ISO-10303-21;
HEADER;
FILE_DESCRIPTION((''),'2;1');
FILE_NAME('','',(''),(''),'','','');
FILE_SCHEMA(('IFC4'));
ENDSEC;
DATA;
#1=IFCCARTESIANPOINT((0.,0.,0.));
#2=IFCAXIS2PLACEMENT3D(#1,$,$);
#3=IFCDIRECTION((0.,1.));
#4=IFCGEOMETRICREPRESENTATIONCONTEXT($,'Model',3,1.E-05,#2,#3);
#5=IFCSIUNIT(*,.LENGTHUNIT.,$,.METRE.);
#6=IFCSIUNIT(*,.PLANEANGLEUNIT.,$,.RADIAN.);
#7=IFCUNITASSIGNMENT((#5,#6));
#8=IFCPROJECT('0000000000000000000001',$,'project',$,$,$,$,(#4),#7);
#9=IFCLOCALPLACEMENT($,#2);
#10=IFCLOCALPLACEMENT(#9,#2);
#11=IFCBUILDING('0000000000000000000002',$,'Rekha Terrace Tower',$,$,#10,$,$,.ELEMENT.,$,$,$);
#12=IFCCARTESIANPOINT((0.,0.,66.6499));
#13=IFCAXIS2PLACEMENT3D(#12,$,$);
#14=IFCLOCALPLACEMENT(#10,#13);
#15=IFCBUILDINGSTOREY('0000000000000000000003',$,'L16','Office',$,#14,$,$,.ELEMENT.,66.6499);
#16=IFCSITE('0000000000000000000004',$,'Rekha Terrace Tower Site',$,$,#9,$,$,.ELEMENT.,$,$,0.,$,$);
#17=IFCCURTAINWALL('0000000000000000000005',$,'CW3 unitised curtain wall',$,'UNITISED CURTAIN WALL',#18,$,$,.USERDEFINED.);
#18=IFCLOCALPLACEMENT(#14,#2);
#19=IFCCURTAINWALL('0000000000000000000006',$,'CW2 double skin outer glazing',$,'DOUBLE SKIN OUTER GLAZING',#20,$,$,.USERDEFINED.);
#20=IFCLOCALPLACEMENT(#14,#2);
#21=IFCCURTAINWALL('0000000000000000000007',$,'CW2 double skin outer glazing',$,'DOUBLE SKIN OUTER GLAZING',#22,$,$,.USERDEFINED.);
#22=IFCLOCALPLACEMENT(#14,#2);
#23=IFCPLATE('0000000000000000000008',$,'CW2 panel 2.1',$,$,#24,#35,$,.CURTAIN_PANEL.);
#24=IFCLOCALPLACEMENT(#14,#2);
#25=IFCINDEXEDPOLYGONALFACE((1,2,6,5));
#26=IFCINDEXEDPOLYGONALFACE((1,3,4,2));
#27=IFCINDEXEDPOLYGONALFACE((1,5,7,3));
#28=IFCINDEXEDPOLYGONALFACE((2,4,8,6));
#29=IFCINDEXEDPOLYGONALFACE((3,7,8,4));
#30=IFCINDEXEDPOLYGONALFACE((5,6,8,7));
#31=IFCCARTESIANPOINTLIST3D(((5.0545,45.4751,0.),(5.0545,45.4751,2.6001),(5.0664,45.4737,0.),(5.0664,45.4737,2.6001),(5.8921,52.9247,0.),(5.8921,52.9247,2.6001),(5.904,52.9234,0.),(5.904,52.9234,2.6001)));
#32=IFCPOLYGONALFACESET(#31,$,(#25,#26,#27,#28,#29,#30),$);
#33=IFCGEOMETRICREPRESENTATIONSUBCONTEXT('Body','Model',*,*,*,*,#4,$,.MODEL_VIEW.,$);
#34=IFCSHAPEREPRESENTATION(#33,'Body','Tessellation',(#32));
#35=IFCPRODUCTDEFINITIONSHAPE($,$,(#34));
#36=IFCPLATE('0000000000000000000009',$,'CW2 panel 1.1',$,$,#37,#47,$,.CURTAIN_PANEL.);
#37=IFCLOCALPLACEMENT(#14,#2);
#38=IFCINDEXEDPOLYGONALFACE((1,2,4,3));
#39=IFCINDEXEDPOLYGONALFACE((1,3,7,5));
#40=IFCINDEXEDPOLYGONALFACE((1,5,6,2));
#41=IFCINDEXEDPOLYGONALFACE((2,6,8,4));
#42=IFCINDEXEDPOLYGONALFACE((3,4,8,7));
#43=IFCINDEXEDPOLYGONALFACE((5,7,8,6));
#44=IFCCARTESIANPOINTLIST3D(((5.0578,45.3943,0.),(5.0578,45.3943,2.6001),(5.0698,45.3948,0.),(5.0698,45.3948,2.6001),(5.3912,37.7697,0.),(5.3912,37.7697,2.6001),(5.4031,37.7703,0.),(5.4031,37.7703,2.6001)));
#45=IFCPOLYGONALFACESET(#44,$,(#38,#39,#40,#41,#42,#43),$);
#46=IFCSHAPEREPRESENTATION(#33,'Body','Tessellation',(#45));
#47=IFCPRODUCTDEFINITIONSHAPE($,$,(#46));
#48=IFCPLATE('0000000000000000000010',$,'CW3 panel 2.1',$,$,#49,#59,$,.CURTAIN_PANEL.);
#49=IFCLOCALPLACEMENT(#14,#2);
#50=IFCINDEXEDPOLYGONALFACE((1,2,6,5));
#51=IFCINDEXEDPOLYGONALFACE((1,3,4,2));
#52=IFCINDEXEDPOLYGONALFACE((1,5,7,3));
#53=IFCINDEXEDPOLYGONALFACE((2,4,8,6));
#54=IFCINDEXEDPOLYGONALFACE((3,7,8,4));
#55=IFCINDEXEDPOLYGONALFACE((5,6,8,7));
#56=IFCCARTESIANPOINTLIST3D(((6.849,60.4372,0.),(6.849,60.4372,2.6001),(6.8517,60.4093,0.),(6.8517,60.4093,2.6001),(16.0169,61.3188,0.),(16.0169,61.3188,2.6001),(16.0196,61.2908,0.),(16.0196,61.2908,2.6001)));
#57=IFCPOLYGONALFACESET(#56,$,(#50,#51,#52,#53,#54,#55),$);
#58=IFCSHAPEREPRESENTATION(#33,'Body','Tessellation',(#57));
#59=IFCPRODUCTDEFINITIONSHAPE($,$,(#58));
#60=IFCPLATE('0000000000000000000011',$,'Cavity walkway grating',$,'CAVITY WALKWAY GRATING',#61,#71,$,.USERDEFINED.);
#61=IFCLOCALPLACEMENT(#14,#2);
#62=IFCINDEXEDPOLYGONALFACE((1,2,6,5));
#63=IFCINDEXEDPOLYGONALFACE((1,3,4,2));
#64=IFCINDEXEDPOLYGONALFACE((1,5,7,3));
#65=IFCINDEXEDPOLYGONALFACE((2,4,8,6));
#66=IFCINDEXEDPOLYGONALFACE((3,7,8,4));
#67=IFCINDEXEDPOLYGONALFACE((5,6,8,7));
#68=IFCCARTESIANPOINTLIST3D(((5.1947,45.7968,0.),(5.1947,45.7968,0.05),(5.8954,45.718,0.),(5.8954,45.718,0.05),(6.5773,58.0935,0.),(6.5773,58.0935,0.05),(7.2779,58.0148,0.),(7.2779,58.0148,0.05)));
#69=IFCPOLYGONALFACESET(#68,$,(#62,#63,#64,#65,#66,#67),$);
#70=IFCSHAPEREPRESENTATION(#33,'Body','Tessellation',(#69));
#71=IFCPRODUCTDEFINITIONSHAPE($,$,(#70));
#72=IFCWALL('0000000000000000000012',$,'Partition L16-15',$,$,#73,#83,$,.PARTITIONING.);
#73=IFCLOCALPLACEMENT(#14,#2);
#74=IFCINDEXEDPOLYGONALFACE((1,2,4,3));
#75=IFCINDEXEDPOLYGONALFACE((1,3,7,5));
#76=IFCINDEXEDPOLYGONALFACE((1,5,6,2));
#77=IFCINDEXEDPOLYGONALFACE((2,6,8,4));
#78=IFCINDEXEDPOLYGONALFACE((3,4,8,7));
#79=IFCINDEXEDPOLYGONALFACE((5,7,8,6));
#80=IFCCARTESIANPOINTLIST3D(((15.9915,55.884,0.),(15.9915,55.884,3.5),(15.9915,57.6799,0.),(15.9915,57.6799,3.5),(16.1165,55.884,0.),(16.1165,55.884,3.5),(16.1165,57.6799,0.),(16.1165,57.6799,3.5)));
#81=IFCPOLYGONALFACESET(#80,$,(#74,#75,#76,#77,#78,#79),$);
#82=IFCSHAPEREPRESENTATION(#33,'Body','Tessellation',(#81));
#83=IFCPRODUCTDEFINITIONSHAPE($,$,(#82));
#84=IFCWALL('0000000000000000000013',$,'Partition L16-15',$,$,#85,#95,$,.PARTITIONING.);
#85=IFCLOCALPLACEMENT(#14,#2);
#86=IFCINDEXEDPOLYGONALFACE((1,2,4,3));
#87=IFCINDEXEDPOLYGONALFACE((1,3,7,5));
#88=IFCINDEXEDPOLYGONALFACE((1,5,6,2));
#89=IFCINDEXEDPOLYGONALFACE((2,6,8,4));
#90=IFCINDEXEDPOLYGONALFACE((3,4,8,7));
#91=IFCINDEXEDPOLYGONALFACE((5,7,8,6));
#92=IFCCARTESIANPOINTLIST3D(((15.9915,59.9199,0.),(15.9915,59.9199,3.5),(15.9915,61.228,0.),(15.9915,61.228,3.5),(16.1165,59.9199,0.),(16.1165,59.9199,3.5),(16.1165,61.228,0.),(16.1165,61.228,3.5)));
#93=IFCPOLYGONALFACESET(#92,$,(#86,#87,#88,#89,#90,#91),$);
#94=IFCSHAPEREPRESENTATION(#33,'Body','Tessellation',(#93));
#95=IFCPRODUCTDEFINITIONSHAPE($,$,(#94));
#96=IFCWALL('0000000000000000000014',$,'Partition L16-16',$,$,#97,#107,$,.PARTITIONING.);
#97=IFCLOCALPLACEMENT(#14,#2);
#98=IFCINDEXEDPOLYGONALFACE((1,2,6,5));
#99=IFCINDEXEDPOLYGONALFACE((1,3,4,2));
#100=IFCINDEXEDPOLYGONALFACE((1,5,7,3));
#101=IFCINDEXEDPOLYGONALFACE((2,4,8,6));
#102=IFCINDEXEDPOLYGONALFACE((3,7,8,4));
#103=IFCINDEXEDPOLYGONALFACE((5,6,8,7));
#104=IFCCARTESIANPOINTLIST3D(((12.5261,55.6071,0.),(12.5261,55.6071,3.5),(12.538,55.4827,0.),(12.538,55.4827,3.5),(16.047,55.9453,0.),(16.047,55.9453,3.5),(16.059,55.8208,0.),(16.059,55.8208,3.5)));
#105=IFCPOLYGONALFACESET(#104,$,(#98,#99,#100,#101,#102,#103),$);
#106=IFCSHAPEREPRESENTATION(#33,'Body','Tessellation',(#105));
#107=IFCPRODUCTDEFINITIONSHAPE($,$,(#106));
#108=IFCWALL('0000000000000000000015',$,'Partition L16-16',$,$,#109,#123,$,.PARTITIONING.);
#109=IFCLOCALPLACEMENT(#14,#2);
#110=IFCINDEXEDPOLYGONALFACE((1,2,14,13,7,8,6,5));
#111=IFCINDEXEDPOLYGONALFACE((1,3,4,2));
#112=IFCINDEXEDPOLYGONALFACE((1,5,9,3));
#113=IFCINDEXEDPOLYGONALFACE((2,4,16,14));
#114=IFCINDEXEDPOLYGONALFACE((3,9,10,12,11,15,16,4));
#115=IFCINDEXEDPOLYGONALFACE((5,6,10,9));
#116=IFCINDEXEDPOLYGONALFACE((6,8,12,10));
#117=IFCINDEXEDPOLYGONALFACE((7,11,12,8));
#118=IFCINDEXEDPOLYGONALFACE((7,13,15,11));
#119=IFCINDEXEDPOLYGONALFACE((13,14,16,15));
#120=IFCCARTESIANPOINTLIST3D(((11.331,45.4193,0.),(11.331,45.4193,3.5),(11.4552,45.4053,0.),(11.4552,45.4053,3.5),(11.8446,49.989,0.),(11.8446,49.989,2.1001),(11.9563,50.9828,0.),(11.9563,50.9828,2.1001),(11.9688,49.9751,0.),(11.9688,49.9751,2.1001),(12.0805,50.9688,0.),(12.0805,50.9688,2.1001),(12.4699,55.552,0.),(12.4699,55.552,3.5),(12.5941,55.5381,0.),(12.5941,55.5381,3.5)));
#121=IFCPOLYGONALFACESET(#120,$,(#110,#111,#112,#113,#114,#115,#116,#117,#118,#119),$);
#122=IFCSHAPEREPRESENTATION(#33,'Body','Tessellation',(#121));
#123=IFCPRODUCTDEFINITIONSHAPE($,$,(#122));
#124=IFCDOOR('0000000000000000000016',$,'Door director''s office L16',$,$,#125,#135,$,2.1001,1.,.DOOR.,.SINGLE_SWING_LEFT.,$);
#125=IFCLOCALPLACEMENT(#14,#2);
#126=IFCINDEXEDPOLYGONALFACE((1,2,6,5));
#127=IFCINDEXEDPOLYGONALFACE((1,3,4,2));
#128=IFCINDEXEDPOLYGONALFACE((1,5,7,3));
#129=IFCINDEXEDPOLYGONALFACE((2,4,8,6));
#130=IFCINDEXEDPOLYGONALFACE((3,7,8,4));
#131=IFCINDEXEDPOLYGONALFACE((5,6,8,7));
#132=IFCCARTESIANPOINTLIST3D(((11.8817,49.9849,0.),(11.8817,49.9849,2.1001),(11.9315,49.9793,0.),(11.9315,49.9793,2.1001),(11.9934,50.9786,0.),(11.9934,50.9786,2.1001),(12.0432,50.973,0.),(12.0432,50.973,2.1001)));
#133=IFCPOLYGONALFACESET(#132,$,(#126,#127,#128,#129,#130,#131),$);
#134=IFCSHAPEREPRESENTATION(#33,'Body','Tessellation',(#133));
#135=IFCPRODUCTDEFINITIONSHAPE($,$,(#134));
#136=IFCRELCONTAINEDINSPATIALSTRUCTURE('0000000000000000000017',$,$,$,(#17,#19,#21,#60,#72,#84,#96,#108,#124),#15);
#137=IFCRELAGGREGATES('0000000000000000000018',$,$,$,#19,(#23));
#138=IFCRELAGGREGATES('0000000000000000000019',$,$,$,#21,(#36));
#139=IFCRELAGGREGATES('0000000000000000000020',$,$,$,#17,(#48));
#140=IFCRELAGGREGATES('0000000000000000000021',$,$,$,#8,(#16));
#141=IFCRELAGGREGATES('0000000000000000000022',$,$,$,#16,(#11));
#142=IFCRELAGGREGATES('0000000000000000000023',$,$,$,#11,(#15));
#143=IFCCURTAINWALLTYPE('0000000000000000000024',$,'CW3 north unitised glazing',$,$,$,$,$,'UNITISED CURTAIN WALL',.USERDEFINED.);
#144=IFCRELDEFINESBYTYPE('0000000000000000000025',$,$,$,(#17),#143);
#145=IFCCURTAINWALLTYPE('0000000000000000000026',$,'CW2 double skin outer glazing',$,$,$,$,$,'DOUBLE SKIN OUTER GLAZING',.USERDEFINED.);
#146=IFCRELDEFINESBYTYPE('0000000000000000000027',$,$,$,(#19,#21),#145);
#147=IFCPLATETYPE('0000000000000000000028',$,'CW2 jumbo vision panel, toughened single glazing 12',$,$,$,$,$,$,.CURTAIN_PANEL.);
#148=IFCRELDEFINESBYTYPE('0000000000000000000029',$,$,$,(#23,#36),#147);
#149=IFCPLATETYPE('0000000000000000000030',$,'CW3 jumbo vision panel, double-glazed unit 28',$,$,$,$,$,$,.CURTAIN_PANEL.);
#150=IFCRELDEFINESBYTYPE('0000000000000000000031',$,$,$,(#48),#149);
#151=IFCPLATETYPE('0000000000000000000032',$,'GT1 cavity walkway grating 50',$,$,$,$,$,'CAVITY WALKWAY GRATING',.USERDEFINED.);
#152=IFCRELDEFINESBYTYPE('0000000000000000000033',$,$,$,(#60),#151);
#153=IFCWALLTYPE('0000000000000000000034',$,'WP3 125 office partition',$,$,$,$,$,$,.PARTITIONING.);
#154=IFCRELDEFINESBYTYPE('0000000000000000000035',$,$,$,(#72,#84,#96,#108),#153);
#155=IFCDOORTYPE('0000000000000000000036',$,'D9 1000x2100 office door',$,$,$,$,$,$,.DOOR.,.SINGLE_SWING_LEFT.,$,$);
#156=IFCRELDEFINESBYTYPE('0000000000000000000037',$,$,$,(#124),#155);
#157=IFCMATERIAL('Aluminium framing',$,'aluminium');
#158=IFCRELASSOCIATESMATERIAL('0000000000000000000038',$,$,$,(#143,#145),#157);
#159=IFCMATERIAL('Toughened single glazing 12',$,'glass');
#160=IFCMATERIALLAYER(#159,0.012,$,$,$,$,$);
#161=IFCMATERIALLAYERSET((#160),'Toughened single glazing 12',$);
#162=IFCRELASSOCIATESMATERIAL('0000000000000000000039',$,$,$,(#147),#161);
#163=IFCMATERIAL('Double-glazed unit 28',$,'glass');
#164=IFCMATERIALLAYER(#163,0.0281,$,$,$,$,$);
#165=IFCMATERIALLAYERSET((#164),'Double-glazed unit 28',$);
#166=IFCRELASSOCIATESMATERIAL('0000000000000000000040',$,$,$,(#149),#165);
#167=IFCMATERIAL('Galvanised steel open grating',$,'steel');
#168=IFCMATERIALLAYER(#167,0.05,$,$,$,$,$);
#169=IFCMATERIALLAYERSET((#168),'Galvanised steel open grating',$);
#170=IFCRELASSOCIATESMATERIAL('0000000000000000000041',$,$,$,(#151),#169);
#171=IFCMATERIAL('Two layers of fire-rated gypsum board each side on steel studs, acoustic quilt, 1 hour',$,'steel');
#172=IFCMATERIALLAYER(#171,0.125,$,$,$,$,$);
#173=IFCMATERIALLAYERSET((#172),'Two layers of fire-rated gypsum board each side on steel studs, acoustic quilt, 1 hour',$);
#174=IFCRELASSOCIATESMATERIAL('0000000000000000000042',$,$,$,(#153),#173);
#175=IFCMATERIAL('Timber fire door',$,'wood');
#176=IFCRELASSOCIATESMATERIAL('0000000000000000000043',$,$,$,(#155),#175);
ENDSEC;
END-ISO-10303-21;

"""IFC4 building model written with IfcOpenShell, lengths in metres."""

from ifc_helpers import new_model, si_unit, direction, frame, frame_2d, origin, origin_2d, place, context, subcontext, project, spatial, rectangle, extrude, material, layer, layer_set, type_object, element, fill, aggregate, save


model = new_model("IFC4")

# Units and contexts
model_context = context("Model", 3, precision=1e-05, world=origin(), true_north=direction((0.0, 1.0)))
body_context = subcontext(model_context, "Body", "Model", "MODEL_VIEW")
ifc_project = project(units=[si_unit("LENGTHUNIT", "METRE"), si_unit("PLANEANGLEUNIT", "RADIAN")], contexts=[model_context])

# Site, building, storey
site_placement = place(None, origin())
site = spatial("IfcSite", under=ifc_project, at=site_placement, Name="Rekha Terrace Tower Site", CompositionType="ELEMENT", RefElevation=0.0)
building_placement = place(site_placement, origin())
building = spatial("IfcBuilding", under=site, at=building_placement, Name="Rekha Terrace Tower", CompositionType="ELEMENT")
storey_placement = place(building_placement, frame((0.0, 0.0, 66.6499)))
storey = spatial("IfcBuildingStorey", under=building, at=storey_placement, Name="L16", Description="Office", CompositionType="ELEMENT", Elevation=66.6499)

# Curtain walls
ifc_material_1 = material(Name="Aluminium framing", Category="aluminium")
curtain_wall_type_1 = type_object("IfcCurtainWallType", Name="CW3 north unitised glazing", ElementType="UNITISED CURTAIN WALL", PredefinedType="USERDEFINED", material=ifc_material_1)
curtain_wall_1_placement = place(storey_placement, origin())
curtain_wall_1 = element("IfcCurtainWall", 1, at=curtain_wall_1_placement, inside=storey, type_object=curtain_wall_type_1, Name="CW3 unitised curtain wall", ObjectType="UNITISED CURTAIN WALL", PredefinedType="USERDEFINED")
curtain_wall_type_2 = type_object("IfcCurtainWallType", Name="CW2 double skin outer glazing", ElementType="DOUBLE SKIN OUTER GLAZING", PredefinedType="USERDEFINED", material=ifc_material_1)
curtain_wall_2_placement = place(storey_placement, origin())
curtain_wall_2 = element("IfcCurtainWall", 2, at=curtain_wall_2_placement, inside=storey, type_object=curtain_wall_type_2, Name="CW2 double skin outer glazing", ObjectType="DOUBLE SKIN OUTER GLAZING", PredefinedType="USERDEFINED")

# Curtain wall
curtain_wall_3_placement = place(storey_placement, origin())
curtain_wall_3 = element("IfcCurtainWall", 3, at=curtain_wall_3_placement, inside=storey, type_object=curtain_wall_type_2, Name="CW2 double skin outer glazing", ObjectType="DOUBLE SKIN OUTER GLAZING", PredefinedType="USERDEFINED")

# Plates
ifc_material_2 = material(Name="Toughened single glazing 12", Category="glass")
ifc_layer_1 = layer(ifc_material_2, 0.012)
ifc_layer_set_1 = layer_set([ifc_layer_1], Name="Toughened single glazing 12")
plate_type_1 = type_object("IfcPlateType", Name="CW2 jumbo vision panel, toughened single glazing 12", PredefinedType="CURTAIN_PANEL", material=ifc_layer_set_1)
plate_1_placement = place(storey_placement, frame((5.4792, 49.1992, 0.0), z_axis=(0.0, 0.0, 1.0), x_axis=(-0.11173, -0.993739, 0.0)))
plate_1 = element("IfcPlate", 4, at=plate_1_placement, type_object=plate_type_1, Name="CW2 panel 2.1", PredefinedType="CURTAIN_PANEL", context=body_context, shape_type="SweptSolid", body=[
    extrude(rectangle(XDim=7.4966, YDim=0.012, at=origin_2d()), origin(), (0.0, 0.0, 1.0), 2.6001),
])
aggregate(curtain_wall_2, [plate_1])
plate_2_placement = place(storey_placement, frame((5.2305, 41.5823, 0.0), z_axis=(0.0, 0.0, 1.0), x_axis=(0.043683, -0.999045, 0.0)))
plate_2 = element("IfcPlate", 5, at=plate_2_placement, type_object=plate_type_1, Name="CW2 panel 1.1", PredefinedType="CURTAIN_PANEL", context=body_context, shape_type="SweptSolid", body=[
    extrude(rectangle(XDim=7.6318, YDim=0.012, at=origin_2d()), origin(), (0.0, 0.0, 1.0), 2.6001),
])
aggregate(curtain_wall_3, [plate_2])
ifc_material_3 = material(Name="Double-glazed unit 28", Category="glass")
ifc_layer_2 = layer(ifc_material_3, 0.0281)
ifc_layer_set_2 = layer_set([ifc_layer_2], Name="Double-glazed unit 28")
plate_type_2 = type_object("IfcPlateType", Name="CW3 jumbo vision panel, double-glazed unit 28", PredefinedType="CURTAIN_PANEL", material=ifc_layer_set_2)
plate_3_placement = place(storey_placement, frame((11.4343, 60.864, 0.0), z_axis=(0.0, 0.0, 1.0), x_axis=(-0.995409, -0.095712, 0.0)))
plate_3 = element("IfcPlate", 6, at=plate_3_placement, type_object=plate_type_2, Name="CW3 panel 2.1", PredefinedType="CURTAIN_PANEL", context=body_context, shape_type="SweptSolid", body=[
    extrude(rectangle(XDim=9.2102, YDim=0.0281, at=origin_2d()), origin(), (0.0, 0.0, 1.0), 2.6001),
])
aggregate(curtain_wall_1, [plate_3])
ifc_material_4 = material(Name="Galvanised steel open grating", Category="steel")
ifc_layer_3 = layer(ifc_material_4, 0.05)
ifc_layer_set_3 = layer_set([ifc_layer_3], Name="Galvanised steel open grating")
plate_type_3 = type_object("IfcPlateType", Name="GT1 cavity walkway grating 50", ElementType="CAVITY WALKWAY GRATING", PredefinedType="USERDEFINED", material=ifc_layer_set_3)
plate_4_placement = place(storey_placement, frame((6.2363, 51.9058, 0.0), z_axis=(0.0, 0.0, 1.0), x_axis=(-0.11173, -0.993739, 0.0)))
element("IfcPlate", 7, at=plate_4_placement, inside=storey, type_object=plate_type_3, Name="Cavity walkway grating", ObjectType="CAVITY WALKWAY GRATING", PredefinedType="USERDEFINED", context=body_context, shape_type="SweptSolid", body=[
    extrude(rectangle(XDim=12.3743, YDim=0.7051, at=origin_2d()), origin(), (0.0, 0.0, 1.0), 0.05),
])

# Walls
ifc_material_5 = material(Name="Two layers of fire-rated gypsum board each side on steel studs, acoustic quilt, 1 hour", Category="steel")
ifc_layer_4 = layer(ifc_material_5, 0.125)
ifc_layer_set_4 = layer_set([ifc_layer_4], Name="Two layers of fire-rated gypsum board each side on steel studs, acoustic quilt, 1 hour")
wall_type = type_object("IfcWallType", Name="WP3 125 office partition", PredefinedType="PARTITIONING", material=ifc_layer_set_4)
wall_1_placement = place(storey_placement, frame((16.054, 55.884, 0.0), z_axis=(0.0, 0.0, 1.0), x_axis=(0.0, 1.0, 0.0)))
element("IfcWall", 8, at=wall_1_placement, inside=storey, type_object=wall_type, Name="Partition L16-15", PredefinedType="PARTITIONING", context=body_context, shape_type="SweptSolid", body=[
    extrude(rectangle(XDim=1.7959, YDim=0.125, at=frame_2d((0.8979, 0.0))), origin(), (0.0, 0.0, 1.0), 3.5),
])
wall_2_placement = place(storey_placement, frame((16.054, 59.9199, 0.0), z_axis=(0.0, 0.0, 1.0), x_axis=(0.0, 1.0, 0.0)))
element("IfcWall", 9, at=wall_2_placement, inside=storey, type_object=wall_type, Name="Partition L16-15", PredefinedType="PARTITIONING", context=body_context, shape_type="SweptSolid", body=[
    extrude(rectangle(XDim=1.3081, YDim=0.125, at=frame_2d((0.6541, 0.0))), origin(), (0.0, 0.0, 1.0), 3.5),
])
wall_3_placement = place(storey_placement, frame((16.053, 55.8831, 0.0), z_axis=(0.0, 0.0, 1.0), x_axis=(-0.99542, -0.095594, 0.0)))
element("IfcWall", 10, at=wall_3_placement, inside=storey, type_object=wall_type, Name="Partition L16-16", PredefinedType="PARTITIONING", context=body_context, shape_type="SweptSolid", body=[
    extrude(rectangle(XDim=3.5371, YDim=0.125, at=frame_2d((1.7686, 0.0))), origin(), (0.0, 0.0, 1.0), 3.5),
])

# Wall, opening, door
wall_4_placement = place(storey_placement, frame((12.532, 55.5449, 0.0), z_axis=(0.0, 0.0, 1.0), x_axis=(-0.111695, -0.993742, 0.0)))
wall_4 = element("IfcWall", 11, at=wall_4_placement, inside=storey, type_object=wall_type, Name="Partition L16-16", PredefinedType="PARTITIONING", context=body_context, shape_type="SweptSolid", body=[
    extrude(rectangle(XDim=10.1965, YDim=0.125, at=frame_2d((5.0981, 0.0))), origin(), (0.0, 0.0, 1.0), 3.5),
])
opening_placement = place(wall_4_placement, frame((4.5979, 0.0, 0.0)))
opening = element("IfcOpeningElement", 12, at=opening_placement, cuts=wall_4, PredefinedType="OPENING", context=body_context, shape_type="SweptSolid", body=[
    extrude(rectangle(XDim=1.0, YDim=2.1001, at=frame_2d((0.5, 1.05))), frame((0.0, 0.0725, 0.0), z_axis=(0.0, -1.0, 0.0), x_axis=(1.0, 0.0, 0.0)), (0.0, 0.0, 1.0), 0.145),
])
ifc_material_6 = material(Name="Timber fire door", Category="wood")
door_type = type_object("IfcDoorType", Name="D9 1000x2100 office door", OperationType="SINGLE_SWING_LEFT", PredefinedType="DOOR", material=ifc_material_6)
door_placement = place(opening_placement, origin())
door = element("IfcDoor", 13, at=door_placement, inside=storey, type_object=door_type, Name="Door director's office L16", OperationType="SINGLE_SWING_LEFT", OverallHeight=2.1001, OverallWidth=1.0, PredefinedType="DOOR", context=body_context, shape_type="SweptSolid", body=[
    extrude(rectangle(XDim=1.0, YDim=2.1001, at=frame_2d((0.5, 1.05))), frame((0.0, 0.0249, 0.0), z_axis=(0.0, -1.0, 0.0), x_axis=(1.0, 0.0, 0.0)), (0.0, 0.0, 1.0), 0.05),
])
fill(opening, door)

save(model, "model.ifc")
